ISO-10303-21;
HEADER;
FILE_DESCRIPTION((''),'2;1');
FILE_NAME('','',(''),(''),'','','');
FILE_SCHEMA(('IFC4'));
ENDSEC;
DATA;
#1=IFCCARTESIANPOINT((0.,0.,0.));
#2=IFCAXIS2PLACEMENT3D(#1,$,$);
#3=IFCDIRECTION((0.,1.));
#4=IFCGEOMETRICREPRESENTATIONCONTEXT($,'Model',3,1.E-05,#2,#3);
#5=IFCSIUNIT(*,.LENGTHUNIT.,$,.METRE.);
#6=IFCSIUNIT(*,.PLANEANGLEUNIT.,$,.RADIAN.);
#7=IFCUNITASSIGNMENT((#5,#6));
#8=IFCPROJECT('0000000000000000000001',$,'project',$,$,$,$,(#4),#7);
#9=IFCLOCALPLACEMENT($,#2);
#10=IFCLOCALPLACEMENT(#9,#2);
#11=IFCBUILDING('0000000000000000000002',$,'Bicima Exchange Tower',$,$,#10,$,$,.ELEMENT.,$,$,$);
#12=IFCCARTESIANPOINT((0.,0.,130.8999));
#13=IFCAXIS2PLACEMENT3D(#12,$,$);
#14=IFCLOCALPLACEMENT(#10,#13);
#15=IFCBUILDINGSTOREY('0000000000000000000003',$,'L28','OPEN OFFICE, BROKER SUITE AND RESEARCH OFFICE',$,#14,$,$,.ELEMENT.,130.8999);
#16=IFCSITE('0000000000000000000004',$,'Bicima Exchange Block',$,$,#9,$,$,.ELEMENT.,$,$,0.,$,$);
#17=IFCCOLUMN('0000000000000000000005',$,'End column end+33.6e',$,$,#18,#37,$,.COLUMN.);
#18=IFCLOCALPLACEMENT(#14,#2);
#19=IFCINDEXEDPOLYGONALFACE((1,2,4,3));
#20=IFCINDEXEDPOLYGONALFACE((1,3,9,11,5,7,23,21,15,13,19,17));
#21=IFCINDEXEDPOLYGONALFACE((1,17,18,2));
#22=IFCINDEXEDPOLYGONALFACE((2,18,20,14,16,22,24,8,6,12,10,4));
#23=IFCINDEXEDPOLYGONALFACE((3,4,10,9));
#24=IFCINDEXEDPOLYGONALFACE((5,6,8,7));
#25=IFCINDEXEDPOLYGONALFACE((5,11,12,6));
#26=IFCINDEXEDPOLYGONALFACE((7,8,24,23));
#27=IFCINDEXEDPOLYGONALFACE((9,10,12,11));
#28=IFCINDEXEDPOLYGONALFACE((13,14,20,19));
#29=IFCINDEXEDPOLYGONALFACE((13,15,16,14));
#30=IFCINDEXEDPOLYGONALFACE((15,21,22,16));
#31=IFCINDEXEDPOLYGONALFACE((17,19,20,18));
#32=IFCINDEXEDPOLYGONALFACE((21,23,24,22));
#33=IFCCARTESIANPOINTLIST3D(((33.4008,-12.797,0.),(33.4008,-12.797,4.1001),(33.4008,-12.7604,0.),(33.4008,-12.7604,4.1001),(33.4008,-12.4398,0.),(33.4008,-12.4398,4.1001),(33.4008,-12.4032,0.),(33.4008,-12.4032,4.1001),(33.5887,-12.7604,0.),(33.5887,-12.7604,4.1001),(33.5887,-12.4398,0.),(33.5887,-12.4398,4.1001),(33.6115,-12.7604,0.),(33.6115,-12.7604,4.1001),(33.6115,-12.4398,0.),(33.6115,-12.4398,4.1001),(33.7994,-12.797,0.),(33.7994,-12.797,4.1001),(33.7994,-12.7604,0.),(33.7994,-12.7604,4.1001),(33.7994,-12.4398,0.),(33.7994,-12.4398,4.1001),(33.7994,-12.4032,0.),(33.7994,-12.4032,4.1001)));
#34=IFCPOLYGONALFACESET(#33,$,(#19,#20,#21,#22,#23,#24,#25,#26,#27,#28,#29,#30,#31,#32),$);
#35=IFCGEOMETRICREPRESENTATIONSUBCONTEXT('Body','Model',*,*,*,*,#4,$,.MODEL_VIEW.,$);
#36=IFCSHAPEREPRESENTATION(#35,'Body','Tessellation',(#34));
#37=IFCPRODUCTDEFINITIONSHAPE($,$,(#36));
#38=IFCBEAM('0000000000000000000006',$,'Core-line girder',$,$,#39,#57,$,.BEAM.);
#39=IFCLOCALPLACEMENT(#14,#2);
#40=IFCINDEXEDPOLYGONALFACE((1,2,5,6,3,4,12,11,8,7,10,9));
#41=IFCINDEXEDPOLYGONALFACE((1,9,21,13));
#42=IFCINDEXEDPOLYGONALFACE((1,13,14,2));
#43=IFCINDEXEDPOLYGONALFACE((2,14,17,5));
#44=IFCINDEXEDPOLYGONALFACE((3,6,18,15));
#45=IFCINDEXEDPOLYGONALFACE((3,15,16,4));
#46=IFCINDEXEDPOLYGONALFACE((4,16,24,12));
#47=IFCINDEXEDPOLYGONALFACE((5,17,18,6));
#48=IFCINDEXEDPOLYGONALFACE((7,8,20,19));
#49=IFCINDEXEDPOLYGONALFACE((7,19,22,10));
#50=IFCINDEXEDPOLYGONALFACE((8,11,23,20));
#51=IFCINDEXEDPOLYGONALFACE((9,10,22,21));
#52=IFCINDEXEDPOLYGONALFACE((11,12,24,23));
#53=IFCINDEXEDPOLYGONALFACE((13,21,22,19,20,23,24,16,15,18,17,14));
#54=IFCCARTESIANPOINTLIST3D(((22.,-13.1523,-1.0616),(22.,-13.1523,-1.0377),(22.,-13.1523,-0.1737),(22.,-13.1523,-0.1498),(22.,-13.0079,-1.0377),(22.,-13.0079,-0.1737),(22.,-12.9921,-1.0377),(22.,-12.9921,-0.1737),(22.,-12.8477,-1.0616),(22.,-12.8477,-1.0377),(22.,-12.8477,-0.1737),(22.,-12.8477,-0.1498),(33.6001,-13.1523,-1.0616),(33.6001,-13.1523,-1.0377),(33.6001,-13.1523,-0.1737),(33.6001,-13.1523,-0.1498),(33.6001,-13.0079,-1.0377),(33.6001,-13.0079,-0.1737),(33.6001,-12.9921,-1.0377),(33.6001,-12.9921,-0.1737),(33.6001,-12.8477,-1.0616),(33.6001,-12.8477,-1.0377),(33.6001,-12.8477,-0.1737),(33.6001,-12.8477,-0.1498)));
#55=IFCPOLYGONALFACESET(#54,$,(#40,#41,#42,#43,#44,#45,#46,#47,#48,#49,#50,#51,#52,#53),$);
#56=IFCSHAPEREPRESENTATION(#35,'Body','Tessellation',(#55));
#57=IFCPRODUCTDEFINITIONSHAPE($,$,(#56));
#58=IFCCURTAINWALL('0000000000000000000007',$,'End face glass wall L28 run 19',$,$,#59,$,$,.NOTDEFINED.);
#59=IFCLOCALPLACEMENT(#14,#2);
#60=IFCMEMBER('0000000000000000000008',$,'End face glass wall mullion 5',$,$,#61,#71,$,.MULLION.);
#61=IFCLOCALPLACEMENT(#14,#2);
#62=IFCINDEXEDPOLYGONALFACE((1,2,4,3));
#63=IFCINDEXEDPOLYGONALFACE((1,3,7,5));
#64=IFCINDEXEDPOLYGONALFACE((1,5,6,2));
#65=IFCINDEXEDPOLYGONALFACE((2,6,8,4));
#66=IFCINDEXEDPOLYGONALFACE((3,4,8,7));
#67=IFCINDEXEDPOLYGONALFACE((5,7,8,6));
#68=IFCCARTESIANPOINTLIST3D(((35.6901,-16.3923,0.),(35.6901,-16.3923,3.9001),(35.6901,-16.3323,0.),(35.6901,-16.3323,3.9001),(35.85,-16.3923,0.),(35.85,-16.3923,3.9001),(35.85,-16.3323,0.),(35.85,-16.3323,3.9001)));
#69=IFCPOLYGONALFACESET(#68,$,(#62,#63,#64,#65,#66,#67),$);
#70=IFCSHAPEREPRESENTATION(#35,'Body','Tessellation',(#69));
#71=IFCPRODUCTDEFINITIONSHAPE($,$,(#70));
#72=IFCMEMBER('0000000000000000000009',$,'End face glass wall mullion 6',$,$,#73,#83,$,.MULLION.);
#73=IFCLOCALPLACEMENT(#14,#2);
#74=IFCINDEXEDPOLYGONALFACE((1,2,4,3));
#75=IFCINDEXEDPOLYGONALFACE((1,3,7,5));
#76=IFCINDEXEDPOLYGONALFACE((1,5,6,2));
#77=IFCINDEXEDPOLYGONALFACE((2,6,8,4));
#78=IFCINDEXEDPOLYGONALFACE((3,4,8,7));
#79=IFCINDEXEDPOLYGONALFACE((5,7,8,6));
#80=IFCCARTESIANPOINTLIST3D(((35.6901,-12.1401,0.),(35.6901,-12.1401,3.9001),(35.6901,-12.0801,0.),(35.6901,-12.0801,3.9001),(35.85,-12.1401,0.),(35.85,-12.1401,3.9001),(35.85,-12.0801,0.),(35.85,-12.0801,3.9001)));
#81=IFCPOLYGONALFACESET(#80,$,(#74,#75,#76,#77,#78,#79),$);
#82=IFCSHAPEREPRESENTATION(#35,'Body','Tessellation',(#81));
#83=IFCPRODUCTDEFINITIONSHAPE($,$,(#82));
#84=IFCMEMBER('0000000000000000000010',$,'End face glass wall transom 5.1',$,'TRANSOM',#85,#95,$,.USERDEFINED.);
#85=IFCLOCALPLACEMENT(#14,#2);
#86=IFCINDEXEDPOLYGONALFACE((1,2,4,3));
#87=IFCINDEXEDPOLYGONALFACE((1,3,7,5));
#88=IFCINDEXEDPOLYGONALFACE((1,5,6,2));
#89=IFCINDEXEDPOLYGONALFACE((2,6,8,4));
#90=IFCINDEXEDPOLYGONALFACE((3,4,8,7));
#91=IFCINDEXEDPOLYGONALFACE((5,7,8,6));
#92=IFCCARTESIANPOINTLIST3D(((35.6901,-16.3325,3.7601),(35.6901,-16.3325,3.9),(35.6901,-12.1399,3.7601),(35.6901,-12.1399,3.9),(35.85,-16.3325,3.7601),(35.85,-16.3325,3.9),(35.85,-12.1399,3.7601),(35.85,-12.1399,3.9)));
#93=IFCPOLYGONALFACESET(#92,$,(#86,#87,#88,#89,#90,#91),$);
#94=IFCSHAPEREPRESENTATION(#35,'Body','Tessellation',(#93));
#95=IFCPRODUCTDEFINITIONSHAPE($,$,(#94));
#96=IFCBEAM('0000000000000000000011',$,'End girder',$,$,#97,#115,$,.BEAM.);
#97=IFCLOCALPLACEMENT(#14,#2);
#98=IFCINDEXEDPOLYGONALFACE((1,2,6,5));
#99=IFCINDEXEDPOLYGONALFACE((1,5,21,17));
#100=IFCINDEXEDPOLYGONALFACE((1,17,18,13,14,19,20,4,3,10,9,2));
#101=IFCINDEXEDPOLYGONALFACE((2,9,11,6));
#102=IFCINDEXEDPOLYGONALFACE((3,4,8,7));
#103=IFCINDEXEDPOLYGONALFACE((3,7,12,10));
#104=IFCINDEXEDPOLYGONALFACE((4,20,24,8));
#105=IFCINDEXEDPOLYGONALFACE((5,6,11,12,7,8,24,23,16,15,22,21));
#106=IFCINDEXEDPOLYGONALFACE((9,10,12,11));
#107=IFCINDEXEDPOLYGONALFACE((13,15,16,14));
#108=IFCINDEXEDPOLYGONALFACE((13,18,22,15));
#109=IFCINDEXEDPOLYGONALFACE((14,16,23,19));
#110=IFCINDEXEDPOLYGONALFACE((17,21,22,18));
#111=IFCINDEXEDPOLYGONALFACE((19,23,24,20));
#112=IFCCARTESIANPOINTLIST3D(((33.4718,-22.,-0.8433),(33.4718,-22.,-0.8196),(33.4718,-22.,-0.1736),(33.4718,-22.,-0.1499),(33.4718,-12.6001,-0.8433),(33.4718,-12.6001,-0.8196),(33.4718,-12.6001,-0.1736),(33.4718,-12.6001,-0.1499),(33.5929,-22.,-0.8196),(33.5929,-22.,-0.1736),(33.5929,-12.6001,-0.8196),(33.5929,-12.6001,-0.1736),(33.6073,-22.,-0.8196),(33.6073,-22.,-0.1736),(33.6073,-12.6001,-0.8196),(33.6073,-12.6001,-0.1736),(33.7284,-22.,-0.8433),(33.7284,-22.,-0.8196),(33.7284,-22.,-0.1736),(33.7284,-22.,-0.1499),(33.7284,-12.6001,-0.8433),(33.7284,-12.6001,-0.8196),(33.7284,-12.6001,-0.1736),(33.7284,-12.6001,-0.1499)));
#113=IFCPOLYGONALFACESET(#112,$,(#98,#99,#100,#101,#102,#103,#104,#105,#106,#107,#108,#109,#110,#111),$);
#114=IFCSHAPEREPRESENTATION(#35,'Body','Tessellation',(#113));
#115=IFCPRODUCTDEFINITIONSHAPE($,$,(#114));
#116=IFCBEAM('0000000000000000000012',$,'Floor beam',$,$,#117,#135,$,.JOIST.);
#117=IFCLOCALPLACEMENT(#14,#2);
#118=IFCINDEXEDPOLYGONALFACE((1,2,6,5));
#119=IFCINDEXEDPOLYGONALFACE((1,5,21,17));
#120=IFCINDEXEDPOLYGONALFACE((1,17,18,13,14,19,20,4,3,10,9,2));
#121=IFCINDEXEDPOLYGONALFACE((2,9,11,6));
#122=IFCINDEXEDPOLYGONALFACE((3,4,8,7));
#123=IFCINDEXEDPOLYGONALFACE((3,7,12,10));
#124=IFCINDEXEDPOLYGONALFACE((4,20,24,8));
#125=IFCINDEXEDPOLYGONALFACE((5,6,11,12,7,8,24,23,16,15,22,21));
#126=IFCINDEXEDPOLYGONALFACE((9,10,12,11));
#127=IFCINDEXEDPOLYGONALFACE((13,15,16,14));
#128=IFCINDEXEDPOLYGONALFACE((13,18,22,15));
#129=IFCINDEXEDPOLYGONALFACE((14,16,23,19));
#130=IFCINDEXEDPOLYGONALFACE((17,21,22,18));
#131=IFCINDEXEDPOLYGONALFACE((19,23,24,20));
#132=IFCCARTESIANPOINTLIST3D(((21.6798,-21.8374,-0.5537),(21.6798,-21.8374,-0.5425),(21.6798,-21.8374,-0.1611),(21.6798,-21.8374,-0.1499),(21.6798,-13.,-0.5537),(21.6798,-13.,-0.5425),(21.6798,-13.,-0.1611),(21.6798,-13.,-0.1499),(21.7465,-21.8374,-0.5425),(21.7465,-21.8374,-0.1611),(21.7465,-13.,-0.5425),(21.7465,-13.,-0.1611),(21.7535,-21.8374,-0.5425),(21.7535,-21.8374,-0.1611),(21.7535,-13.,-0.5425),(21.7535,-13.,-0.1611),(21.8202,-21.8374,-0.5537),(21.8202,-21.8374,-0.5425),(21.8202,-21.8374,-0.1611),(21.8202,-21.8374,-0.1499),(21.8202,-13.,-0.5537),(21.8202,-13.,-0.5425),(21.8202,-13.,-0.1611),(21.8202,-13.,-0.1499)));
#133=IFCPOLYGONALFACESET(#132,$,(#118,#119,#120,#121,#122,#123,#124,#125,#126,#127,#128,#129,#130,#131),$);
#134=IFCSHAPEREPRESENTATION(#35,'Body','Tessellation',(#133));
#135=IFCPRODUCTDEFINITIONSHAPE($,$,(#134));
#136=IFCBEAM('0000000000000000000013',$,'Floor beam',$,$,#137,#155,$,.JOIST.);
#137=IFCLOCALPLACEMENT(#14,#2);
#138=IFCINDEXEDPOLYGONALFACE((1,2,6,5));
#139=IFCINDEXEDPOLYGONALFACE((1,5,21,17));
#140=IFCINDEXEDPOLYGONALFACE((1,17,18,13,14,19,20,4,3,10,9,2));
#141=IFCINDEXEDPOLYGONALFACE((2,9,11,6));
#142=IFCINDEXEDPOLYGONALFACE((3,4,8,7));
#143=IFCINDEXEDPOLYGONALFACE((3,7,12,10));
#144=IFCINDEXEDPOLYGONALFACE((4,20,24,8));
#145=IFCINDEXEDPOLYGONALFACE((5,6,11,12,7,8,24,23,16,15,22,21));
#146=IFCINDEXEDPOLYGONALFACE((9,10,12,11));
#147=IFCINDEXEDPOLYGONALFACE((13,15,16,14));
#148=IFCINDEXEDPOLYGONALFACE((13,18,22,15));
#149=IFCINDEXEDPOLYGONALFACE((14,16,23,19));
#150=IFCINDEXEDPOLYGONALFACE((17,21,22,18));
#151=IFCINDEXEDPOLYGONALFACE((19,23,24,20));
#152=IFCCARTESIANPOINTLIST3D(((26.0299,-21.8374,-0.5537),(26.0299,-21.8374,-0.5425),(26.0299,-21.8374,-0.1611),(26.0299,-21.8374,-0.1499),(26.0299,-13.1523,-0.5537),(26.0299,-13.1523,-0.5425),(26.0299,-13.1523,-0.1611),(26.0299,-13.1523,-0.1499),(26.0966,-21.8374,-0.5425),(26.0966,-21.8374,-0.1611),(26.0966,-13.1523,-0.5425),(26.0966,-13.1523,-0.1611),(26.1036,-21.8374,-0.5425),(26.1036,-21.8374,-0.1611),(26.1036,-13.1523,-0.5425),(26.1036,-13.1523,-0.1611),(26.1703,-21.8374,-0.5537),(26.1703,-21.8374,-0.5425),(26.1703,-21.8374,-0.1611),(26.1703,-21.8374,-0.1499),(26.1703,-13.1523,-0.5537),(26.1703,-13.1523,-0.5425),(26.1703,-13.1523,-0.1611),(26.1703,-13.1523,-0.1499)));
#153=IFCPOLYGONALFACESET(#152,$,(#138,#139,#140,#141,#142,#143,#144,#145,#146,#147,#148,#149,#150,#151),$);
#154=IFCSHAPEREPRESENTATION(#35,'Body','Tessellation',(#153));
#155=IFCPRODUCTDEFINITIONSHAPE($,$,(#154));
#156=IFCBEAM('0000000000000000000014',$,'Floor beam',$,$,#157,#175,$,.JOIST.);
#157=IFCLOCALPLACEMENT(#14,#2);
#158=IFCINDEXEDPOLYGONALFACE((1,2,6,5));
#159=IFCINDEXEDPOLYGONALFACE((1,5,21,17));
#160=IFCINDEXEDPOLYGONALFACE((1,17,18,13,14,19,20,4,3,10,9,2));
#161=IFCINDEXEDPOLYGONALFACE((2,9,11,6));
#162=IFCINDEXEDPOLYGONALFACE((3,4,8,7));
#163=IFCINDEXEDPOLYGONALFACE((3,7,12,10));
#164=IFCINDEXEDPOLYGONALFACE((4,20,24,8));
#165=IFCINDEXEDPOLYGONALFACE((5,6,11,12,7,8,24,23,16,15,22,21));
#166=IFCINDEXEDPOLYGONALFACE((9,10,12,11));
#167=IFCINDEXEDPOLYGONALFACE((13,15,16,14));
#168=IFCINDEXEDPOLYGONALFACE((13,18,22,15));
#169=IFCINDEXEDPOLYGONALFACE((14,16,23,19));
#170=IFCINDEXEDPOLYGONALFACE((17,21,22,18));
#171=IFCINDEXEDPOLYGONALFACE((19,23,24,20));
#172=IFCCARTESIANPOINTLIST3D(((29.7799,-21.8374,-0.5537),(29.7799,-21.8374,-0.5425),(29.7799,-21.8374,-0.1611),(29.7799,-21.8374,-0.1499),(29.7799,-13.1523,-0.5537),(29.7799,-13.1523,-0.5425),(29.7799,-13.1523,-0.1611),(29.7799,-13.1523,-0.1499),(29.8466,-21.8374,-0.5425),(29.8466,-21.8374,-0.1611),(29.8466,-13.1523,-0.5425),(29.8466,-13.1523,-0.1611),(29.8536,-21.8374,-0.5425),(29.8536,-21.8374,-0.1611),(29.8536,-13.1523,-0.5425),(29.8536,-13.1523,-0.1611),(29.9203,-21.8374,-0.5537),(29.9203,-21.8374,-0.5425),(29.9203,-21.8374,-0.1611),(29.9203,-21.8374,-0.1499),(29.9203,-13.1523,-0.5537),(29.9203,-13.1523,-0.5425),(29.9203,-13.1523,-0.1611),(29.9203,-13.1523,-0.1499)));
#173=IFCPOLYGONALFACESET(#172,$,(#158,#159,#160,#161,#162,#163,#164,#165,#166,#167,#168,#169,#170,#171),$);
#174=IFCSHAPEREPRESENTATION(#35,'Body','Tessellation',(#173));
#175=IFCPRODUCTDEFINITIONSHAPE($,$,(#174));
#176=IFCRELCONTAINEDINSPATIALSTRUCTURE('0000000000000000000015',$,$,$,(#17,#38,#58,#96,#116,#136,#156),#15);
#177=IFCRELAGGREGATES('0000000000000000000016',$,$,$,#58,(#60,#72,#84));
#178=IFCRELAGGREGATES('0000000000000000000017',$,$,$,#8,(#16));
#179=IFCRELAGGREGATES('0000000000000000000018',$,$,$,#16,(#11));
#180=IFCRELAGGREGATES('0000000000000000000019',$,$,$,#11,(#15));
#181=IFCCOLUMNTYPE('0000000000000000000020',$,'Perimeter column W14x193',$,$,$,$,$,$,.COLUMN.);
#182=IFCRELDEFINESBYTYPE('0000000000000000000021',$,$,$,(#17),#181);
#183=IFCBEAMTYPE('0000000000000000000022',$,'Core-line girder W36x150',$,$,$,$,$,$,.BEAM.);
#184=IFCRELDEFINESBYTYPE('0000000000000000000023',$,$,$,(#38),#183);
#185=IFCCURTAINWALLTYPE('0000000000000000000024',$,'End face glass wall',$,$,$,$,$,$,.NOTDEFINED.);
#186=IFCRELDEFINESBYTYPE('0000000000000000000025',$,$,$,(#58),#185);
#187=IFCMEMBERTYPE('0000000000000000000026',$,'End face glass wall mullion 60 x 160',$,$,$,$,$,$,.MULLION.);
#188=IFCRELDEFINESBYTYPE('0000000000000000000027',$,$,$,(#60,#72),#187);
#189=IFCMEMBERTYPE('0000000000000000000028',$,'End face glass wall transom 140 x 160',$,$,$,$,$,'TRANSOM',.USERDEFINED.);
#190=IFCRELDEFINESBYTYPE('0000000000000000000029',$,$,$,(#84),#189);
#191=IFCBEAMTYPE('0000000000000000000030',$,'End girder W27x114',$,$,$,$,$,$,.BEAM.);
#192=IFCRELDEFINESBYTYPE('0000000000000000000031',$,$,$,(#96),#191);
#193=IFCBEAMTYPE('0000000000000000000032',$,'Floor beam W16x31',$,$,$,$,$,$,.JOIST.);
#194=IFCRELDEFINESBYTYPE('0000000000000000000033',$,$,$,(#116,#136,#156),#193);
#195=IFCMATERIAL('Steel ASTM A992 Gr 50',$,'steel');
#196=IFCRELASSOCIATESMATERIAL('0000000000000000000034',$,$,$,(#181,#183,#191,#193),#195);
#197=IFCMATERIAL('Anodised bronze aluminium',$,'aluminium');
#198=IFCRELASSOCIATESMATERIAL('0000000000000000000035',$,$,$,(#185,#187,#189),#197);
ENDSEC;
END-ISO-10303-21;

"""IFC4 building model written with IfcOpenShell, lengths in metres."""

from ifc_helpers import new_model, si_unit, direction, frame, origin, origin_2d, place, context, subcontext, project, spatial, rectangle, i_section, extrude, material, material_profile, profile_set, type_object, element, aggregate, save


model = new_model("IFC4")

# Units and contexts
model_context = context("Model", 3, precision=1e-05, world=origin(), true_north=direction((0.0, 1.0)))
body_context = subcontext(model_context, "Body", "Model", "MODEL_VIEW")
ifc_project = project(units=[si_unit("LENGTHUNIT", "METRE"), si_unit("PLANEANGLEUNIT", "RADIAN")], contexts=[model_context])

# Site, building, storey
site_placement = place(None, origin())
site = spatial("IfcSite", under=ifc_project, at=site_placement, Name="Bicima Exchange Block", CompositionType="ELEMENT", RefElevation=0.0)
building_placement = place(site_placement, origin())
building = spatial("IfcBuilding", under=site, at=building_placement, Name="Bicima Exchange Tower", CompositionType="ELEMENT")
storey_placement = place(building_placement, frame((0.0, 0.0, 130.8999)))
storey = spatial("IfcBuildingStorey", under=building, at=storey_placement, Name="L28", Description="OPEN OFFICE, BROKER SUITE AND RESEARCH OFFICE", CompositionType="ELEMENT", Elevation=130.8999)

# Column
ifc_material_1 = material(Name="Steel ASTM A992 Gr 50", Category="steel")
ifc_material_profile_1 = material_profile(ifc_material_1, i_section(OverallWidth=0.3987, OverallDepth=0.3938, WebThickness=0.0227, FlangeThickness=0.0366, at=origin_2d()))
ifc_profile_set_1 = profile_set([ifc_material_profile_1], Name="Steel ASTM A992 Gr 50")
column_type = type_object("IfcColumnType", Name="Perimeter column W14x193", PredefinedType="COLUMN", material=ifc_profile_set_1)
column_placement = place(storey_placement, frame((33.6001, -12.6001, 0.0), z_axis=(0.0, 0.0, 1.0), x_axis=(1.0, 0.0, 0.0)))
element("IfcColumn", 1, at=column_placement, inside=storey, type_object=column_type, Name="End column end+33.6e", PredefinedType="COLUMN", context=body_context, shape_type="SweptSolid", body=[
    extrude(i_section(OverallWidth=0.3987, OverallDepth=0.3938, WebThickness=0.0227, FlangeThickness=0.0366, at=origin_2d()), origin(), (0.0, 0.0, 1.0), 4.1001),
])

# Beam
ifc_material_profile_2 = material_profile(ifc_material_1, i_section(OverallWidth=0.3047, OverallDepth=0.9119, WebThickness=0.0159, FlangeThickness=0.0239, at=origin_2d()))
ifc_profile_set_2 = profile_set([ifc_material_profile_2], Name="Steel ASTM A992 Gr 50")
beam_type_1 = type_object("IfcBeamType", Name="Core-line girder W36x150", PredefinedType="BEAM", material=ifc_profile_set_2)
beam_1_placement = place(storey_placement, frame((22.0, -13.0, -0.6057), z_axis=(1.0, 0.0, 0.0), x_axis=(0.0, 1.0, 0.0)))
element("IfcBeam", 2, at=beam_1_placement, inside=storey, type_object=beam_type_1, Name="Core-line girder", PredefinedType="BEAM", context=body_context, shape_type="SweptSolid", body=[
    extrude(i_section(OverallWidth=0.3047, OverallDepth=0.9119, WebThickness=0.0159, FlangeThickness=0.0239, at=origin_2d()), origin(), (0.0, 0.0, 1.0), 11.6001),
])

# Curtain wall, members
ifc_material_2 = material(Name="Anodised bronze aluminium", Category="aluminium")
curtain_wall_type = type_object("IfcCurtainWallType", Name="End face glass wall", PredefinedType="NOTDEFINED", material=ifc_material_2)
curtain_wall_placement = place(storey_placement, origin())
curtain_wall = element("IfcCurtainWall", 3, at=curtain_wall_placement, inside=storey, type_object=curtain_wall_type, Name="End face glass wall L28 run 19", PredefinedType="NOTDEFINED")
ifc_material_profile_3 = material_profile(ifc_material_2, rectangle(XDim=0.1599, YDim=0.0601, at=origin_2d()))
ifc_profile_set_3 = profile_set([ifc_material_profile_3], Name="Anodised bronze aluminium")
member_type_1 = type_object("IfcMemberType", Name="End face glass wall mullion 60 x 160", PredefinedType="MULLION", material=ifc_profile_set_3)
member_1_placement = place(storey_placement, frame((35.77, -16.3623, 0.0), z_axis=(0.0, 0.0, 1.0), x_axis=(-1.0, 0.0, 0.0)))
member_1 = element("IfcMember", 4, at=member_1_placement, type_object=member_type_1, Name="End face glass wall mullion 5", PredefinedType="MULLION", context=body_context, shape_type="SweptSolid", body=[
    extrude(rectangle(XDim=0.1599, YDim=0.0601, at=origin_2d()), origin(), (0.0, 0.0, 1.0), 3.9001),
])
member_2_placement = place(storey_placement, frame((35.77, -12.1101, 0.0), z_axis=(0.0, 0.0, 1.0), x_axis=(-1.0, 0.0, 0.0)))
member_2 = element("IfcMember", 5, at=member_2_placement, type_object=member_type_1, Name="End face glass wall mullion 6", PredefinedType="MULLION", context=body_context, shape_type="SweptSolid", body=[
    extrude(rectangle(XDim=0.1599, YDim=0.0601, at=origin_2d()), origin(), (0.0, 0.0, 1.0), 3.9001),
])
ifc_material_profile_4 = material_profile(ifc_material_2, rectangle(XDim=0.1599, YDim=0.1399, at=origin_2d()))
ifc_profile_set_4 = profile_set([ifc_material_profile_4], Name="Anodised bronze aluminium")
member_type_2 = type_object("IfcMemberType", Name="End face glass wall transom 140 x 160", ElementType="TRANSOM", PredefinedType="USERDEFINED", material=ifc_profile_set_4)
member_3_placement = place(storey_placement, frame((35.77, -16.3325, 3.8301), z_axis=(0.0, 1.0, 0.0), x_axis=(-1.0, 0.0, 0.0)))
member_3 = element("IfcMember", 6, at=member_3_placement, type_object=member_type_2, Name="End face glass wall transom 5.1", ObjectType="TRANSOM", PredefinedType="USERDEFINED", context=body_context, shape_type="SweptSolid", body=[
    extrude(rectangle(XDim=0.1599, YDim=0.1399, at=origin_2d()), origin(), (0.0, 0.0, 1.0), 4.1926),
])

# Beams
ifc_material_profile_5 = material_profile(ifc_material_1, i_section(OverallWidth=0.2566, OverallDepth=0.6934, WebThickness=0.0144, FlangeThickness=0.0237, at=origin_2d()))
ifc_profile_set_5 = profile_set([ifc_material_profile_5], Name="Steel ASTM A992 Gr 50")
beam_type_2 = type_object("IfcBeamType", Name="End girder W27x114", PredefinedType="BEAM", material=ifc_profile_set_5)
beam_2_placement = place(storey_placement, frame((33.6001, -12.6001, -0.4966), z_axis=(0.0, -1.0, 0.0), x_axis=(1.0, 0.0, 0.0)))
element("IfcBeam", 7, at=beam_2_placement, inside=storey, type_object=beam_type_2, Name="End girder", PredefinedType="BEAM", context=body_context, shape_type="SweptSolid", body=[
    extrude(i_section(OverallWidth=0.2566, OverallDepth=0.6934, WebThickness=0.0144, FlangeThickness=0.0237, at=origin_2d()), origin(), (0.0, 0.0, 1.0), 9.3999),
])
ifc_material_profile_6 = material_profile(ifc_material_1, i_section(OverallWidth=0.1404, OverallDepth=0.4038, WebThickness=0.0071, FlangeThickness=0.0112, at=origin_2d()))
ifc_profile_set_6 = profile_set([ifc_material_profile_6], Name="Steel ASTM A992 Gr 50")
beam_type_3 = type_object("IfcBeamType", Name="Floor beam W16x31", PredefinedType="JOIST", material=ifc_profile_set_6)
beam_3_placement = place(storey_placement, frame((21.75, -13.0, -0.3518), z_axis=(0.0, -1.0, 0.0), x_axis=(1.0, 0.0, 0.0)))
element("IfcBeam", 8, at=beam_3_placement, inside=storey, type_object=beam_type_3, Name="Floor beam", PredefinedType="JOIST", context=body_context, shape_type="SweptSolid", body=[
    extrude(i_section(OverallWidth=0.1404, OverallDepth=0.4038, WebThickness=0.0071, FlangeThickness=0.0112, at=origin_2d()), origin(), (0.0, 0.0, 1.0), 8.8374),
])
for number, where, z_axis, x_axis, name in (
    (9, (26.1001, -13.1523, -0.3518), (0.0, -1.0, 0.0), (1.0, 0.0, 0.0), "Floor beam"),
    (10, (29.8501, -13.1523, -0.3518), (0.0, -1.0, 0.0), (1.0, 0.0, 0.0), "Floor beam"),
):
    element("IfcBeam", number, at=place(storey_placement, frame(where, z_axis=z_axis, x_axis=x_axis)), inside=storey, type_object=beam_type_3, Name=name, PredefinedType="JOIST", context=body_context, shape_type="SweptSolid", body=[
        extrude(i_section(OverallWidth=0.1404, OverallDepth=0.4038, WebThickness=0.0071, FlangeThickness=0.0112, at=origin_2d()), origin(), (0.0, 0.0, 1.0), 8.6851),
    ])

aggregate(curtain_wall, [member_1, member_2, member_3])

save(model, "model.ifc")
